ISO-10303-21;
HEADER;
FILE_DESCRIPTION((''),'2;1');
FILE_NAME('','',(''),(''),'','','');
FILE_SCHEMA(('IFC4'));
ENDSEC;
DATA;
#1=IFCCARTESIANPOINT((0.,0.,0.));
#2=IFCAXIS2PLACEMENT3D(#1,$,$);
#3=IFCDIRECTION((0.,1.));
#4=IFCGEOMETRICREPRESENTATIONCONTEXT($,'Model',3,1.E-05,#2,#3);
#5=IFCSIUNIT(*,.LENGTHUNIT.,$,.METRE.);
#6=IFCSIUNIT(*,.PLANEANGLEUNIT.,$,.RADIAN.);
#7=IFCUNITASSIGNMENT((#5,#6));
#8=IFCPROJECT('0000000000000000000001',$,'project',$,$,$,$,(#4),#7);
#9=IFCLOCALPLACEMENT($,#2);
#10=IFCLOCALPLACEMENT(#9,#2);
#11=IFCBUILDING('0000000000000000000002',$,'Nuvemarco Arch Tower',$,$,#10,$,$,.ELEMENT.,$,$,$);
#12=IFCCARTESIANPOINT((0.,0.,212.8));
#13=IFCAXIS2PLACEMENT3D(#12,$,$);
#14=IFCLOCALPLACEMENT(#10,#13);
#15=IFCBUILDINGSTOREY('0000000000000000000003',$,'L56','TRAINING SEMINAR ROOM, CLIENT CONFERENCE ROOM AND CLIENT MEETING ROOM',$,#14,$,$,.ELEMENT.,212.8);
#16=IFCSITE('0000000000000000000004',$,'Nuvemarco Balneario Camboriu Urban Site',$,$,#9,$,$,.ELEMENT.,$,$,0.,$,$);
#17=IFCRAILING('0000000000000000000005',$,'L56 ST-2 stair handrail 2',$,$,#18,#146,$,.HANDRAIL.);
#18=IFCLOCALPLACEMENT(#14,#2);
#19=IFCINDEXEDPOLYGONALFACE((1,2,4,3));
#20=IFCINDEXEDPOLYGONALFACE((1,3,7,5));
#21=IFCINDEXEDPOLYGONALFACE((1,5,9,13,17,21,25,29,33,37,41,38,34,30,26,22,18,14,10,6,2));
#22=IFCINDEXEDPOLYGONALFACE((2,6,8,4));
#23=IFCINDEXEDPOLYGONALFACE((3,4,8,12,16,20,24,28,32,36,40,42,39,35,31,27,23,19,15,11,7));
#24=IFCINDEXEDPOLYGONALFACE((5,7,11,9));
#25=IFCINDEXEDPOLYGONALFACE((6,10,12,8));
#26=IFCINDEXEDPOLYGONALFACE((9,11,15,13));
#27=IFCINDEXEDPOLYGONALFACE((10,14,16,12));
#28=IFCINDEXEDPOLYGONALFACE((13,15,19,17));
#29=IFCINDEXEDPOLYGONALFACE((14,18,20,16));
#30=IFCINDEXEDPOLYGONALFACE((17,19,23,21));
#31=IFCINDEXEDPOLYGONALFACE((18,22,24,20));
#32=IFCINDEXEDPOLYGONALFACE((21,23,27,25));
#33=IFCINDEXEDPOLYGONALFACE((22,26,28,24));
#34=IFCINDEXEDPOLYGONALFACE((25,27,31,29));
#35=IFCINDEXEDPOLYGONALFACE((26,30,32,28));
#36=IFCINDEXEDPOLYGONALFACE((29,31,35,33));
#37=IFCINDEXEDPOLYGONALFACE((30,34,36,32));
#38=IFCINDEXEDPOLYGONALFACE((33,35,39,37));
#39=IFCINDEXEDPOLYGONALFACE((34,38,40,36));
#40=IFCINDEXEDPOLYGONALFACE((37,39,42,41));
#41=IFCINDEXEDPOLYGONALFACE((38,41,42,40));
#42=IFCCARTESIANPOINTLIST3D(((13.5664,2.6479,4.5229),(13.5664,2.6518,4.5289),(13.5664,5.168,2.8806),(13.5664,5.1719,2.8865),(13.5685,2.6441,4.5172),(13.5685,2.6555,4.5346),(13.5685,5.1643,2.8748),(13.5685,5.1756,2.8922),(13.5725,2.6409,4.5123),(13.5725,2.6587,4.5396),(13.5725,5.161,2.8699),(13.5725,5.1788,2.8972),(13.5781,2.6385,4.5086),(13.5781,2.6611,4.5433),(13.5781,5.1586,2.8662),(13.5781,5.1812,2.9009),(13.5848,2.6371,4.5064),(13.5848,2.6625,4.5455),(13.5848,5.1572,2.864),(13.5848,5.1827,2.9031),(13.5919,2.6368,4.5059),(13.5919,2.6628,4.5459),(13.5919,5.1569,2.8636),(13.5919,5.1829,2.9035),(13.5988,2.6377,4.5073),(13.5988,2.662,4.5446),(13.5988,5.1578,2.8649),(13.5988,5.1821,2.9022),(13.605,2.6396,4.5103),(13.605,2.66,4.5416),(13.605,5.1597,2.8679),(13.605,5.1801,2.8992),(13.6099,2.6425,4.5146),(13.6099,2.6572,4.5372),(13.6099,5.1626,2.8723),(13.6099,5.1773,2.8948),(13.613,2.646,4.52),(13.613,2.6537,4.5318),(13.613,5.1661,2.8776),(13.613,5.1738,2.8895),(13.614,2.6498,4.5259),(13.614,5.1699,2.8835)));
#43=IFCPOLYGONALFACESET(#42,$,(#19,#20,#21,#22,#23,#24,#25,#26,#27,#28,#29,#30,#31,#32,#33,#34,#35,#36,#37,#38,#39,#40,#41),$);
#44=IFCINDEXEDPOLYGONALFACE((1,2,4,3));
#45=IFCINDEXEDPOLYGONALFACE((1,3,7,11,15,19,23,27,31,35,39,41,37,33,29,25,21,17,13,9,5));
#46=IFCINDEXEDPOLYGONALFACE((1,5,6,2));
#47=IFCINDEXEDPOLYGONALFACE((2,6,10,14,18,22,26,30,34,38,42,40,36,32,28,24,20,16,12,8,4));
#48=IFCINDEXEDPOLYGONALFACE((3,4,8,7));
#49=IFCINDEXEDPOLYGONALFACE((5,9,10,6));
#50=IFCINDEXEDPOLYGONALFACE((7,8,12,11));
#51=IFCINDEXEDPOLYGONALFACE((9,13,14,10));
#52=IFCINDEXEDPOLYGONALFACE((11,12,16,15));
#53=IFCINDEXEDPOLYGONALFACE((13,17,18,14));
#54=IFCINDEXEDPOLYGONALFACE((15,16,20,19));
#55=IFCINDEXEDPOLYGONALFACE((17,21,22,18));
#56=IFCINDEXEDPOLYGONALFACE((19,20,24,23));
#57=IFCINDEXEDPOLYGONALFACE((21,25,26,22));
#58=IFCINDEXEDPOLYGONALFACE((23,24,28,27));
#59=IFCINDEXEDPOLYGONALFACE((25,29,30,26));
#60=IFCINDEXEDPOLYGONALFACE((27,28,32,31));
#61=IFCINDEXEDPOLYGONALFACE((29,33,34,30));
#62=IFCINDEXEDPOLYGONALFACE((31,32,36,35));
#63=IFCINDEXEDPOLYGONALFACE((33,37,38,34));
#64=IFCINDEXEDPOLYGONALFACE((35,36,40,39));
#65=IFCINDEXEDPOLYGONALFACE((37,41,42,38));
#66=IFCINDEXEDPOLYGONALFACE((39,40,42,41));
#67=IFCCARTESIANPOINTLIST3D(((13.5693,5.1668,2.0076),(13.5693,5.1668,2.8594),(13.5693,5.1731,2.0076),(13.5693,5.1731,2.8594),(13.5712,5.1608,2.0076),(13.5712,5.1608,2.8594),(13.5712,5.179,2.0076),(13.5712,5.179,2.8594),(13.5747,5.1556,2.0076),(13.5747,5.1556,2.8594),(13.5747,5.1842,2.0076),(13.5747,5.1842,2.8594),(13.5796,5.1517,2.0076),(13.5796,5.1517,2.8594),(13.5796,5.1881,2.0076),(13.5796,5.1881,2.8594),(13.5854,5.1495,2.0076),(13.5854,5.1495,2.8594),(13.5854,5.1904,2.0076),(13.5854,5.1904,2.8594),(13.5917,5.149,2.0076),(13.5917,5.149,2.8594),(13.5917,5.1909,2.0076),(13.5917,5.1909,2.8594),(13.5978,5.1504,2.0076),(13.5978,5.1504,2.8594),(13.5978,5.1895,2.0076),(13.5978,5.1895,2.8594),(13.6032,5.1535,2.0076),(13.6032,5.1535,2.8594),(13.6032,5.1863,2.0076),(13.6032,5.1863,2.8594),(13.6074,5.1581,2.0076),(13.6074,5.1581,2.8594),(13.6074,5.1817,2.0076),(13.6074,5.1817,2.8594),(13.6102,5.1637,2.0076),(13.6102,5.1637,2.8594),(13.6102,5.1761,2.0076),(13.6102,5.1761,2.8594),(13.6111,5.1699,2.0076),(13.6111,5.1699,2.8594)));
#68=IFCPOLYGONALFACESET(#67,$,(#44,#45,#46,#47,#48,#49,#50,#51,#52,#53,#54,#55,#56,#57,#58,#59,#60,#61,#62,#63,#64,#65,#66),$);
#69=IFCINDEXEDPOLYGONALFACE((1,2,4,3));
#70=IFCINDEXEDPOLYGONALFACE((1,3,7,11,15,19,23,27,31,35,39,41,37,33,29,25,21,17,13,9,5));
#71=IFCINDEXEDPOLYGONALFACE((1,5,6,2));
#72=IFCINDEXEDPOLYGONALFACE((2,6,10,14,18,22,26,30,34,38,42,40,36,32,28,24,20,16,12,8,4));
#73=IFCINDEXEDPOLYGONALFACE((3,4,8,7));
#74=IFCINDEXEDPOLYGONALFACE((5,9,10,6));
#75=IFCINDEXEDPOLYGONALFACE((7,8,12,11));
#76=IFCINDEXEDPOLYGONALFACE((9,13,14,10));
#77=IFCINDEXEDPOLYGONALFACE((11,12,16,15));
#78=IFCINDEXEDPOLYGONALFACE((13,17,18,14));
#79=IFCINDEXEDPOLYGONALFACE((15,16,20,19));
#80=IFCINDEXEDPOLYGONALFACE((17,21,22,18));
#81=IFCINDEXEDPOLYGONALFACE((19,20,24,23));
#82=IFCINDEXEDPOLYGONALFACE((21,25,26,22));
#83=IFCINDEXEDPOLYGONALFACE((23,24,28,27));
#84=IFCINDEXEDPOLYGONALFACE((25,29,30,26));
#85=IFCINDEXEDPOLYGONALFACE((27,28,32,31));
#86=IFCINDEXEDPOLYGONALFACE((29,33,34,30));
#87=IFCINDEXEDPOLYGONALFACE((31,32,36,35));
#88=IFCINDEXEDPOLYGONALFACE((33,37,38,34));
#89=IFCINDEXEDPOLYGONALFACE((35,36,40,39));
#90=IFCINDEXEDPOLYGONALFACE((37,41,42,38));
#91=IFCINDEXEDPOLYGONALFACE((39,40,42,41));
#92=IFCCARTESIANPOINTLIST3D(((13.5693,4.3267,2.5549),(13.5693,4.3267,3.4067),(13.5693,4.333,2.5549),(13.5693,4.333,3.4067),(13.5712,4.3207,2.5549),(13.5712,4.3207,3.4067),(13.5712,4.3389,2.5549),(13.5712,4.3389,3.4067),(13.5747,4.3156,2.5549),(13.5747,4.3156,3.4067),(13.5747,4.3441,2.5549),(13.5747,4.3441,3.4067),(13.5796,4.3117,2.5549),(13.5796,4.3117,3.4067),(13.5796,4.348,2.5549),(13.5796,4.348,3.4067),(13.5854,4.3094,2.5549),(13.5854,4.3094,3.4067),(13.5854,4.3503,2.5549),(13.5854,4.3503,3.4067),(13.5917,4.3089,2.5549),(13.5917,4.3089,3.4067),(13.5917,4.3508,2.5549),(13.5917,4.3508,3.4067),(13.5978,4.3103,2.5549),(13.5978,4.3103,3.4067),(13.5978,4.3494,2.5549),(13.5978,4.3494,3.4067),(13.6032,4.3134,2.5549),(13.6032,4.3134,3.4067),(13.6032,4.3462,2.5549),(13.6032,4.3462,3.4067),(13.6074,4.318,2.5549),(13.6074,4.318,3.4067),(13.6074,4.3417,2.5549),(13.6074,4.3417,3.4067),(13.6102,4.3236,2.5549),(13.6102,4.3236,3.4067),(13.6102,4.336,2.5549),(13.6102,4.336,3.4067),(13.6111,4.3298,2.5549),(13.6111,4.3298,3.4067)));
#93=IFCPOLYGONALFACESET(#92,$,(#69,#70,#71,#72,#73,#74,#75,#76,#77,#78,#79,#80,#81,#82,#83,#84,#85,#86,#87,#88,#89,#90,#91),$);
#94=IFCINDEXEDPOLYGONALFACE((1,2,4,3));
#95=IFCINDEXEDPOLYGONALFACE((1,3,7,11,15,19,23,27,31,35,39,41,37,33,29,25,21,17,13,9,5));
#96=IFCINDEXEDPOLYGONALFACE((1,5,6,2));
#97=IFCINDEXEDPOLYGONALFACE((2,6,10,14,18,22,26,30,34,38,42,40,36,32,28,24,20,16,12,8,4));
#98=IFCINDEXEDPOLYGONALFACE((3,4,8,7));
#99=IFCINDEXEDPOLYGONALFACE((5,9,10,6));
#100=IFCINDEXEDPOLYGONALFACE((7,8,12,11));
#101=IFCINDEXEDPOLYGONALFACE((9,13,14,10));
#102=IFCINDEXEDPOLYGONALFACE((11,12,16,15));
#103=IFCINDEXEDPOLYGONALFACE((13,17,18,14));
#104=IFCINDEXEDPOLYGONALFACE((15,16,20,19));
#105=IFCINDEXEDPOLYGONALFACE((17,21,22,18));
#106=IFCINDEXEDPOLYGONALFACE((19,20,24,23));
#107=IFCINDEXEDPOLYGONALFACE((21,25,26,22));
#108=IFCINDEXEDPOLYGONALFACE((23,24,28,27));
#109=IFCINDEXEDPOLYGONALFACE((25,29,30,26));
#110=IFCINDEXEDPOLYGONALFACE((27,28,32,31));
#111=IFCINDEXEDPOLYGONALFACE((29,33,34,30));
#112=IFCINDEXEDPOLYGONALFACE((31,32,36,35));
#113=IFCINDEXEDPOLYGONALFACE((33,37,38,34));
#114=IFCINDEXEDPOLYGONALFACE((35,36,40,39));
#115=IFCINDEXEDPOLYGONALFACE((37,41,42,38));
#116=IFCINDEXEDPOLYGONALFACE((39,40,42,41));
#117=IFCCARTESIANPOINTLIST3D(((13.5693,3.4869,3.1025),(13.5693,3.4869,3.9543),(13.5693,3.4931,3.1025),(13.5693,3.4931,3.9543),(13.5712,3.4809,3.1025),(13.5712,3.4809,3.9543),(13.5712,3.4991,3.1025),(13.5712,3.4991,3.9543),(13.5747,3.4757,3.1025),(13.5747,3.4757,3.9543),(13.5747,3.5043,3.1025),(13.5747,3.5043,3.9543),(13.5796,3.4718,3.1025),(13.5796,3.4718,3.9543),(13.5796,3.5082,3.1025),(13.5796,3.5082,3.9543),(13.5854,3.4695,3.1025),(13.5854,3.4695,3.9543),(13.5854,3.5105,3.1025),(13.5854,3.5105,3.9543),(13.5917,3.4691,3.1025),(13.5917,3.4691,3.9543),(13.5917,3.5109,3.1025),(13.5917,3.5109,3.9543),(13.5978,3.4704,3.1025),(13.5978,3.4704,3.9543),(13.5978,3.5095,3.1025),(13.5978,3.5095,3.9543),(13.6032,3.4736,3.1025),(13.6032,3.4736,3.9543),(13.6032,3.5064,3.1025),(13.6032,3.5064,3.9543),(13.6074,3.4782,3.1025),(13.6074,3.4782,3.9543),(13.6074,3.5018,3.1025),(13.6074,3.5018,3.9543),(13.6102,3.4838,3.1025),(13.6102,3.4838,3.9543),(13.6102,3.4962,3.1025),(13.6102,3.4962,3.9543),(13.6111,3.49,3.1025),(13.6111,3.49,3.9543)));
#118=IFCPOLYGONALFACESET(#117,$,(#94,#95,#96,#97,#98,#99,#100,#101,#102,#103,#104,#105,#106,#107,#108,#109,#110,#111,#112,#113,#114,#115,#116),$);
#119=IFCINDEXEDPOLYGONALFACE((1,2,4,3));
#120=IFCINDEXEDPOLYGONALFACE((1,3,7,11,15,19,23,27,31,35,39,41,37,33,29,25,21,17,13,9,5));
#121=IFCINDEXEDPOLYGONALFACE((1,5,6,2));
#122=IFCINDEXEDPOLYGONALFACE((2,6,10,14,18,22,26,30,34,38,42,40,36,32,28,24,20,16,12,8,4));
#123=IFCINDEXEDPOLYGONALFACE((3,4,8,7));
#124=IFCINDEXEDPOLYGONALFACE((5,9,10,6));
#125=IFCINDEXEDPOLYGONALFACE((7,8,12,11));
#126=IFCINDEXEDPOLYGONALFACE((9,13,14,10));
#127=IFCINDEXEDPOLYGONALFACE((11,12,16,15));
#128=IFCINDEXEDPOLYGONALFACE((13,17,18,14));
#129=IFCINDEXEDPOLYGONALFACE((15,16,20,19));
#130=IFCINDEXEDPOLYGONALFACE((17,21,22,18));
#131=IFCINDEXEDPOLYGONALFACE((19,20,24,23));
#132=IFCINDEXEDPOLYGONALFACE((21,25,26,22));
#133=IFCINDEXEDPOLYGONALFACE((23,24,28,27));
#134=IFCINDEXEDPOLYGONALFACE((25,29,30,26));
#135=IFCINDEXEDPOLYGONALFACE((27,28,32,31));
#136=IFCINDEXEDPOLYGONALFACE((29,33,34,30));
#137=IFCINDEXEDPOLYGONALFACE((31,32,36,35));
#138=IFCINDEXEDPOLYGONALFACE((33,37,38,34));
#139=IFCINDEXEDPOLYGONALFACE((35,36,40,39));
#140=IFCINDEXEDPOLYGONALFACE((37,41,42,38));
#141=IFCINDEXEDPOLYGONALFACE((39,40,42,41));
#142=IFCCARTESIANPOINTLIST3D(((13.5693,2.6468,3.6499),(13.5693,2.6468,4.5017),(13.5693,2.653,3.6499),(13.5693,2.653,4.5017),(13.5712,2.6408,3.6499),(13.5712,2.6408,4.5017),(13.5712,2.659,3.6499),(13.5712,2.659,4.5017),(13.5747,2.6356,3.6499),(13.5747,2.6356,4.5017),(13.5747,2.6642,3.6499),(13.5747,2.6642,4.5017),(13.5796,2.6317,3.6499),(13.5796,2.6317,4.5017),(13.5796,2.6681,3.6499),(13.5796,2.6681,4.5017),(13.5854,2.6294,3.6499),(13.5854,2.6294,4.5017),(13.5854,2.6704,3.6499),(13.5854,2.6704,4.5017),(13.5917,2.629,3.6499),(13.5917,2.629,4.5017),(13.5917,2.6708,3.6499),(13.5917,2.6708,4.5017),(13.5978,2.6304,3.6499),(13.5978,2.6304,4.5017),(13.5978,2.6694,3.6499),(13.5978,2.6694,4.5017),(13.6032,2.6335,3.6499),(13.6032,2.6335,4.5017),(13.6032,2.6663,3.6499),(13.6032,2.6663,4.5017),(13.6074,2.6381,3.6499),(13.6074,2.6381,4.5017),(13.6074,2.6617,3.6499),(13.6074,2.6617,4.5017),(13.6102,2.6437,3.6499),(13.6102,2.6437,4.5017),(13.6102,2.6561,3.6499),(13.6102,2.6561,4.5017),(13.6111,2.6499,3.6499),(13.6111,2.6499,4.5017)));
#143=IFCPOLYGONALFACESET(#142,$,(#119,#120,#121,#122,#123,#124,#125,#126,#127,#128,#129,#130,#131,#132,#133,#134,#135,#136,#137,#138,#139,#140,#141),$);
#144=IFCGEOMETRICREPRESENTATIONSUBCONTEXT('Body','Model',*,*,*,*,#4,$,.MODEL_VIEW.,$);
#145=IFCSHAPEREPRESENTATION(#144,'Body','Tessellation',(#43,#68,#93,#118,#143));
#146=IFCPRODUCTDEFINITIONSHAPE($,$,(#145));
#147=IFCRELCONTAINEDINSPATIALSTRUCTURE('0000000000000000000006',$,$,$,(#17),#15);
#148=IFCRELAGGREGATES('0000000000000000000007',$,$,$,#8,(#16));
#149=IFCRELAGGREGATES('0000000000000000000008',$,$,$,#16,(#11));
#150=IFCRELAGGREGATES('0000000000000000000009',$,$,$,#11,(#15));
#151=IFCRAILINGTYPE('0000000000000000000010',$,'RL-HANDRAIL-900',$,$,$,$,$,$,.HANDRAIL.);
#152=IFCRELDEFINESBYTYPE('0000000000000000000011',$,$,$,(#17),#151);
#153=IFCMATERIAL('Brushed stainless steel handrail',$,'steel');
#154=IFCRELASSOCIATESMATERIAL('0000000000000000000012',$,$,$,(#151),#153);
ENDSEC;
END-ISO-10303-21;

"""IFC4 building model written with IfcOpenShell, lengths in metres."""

from ifc_helpers import new_model, si_unit, direction, frame, origin, origin_2d, place, context, subcontext, project, spatial, circle, extrude, material, type_object, element, save


model = new_model("IFC4")

# Units and contexts
model_context = context("Model", 3, precision=1e-05, world=origin(), true_north=direction((0.0, 1.0)))
body_context = subcontext(model_context, "Body", "Model", "MODEL_VIEW")
ifc_project = project(units=[si_unit("LENGTHUNIT", "METRE"), si_unit("PLANEANGLEUNIT", "RADIAN")], contexts=[model_context])

# Site, building, storey
site_placement = place(None, origin())
site = spatial("IfcSite", under=ifc_project, at=site_placement, Name="Nuvemarco Balneario Camboriu Urban Site", CompositionType="ELEMENT", RefElevation=0.0)
building_placement = place(site_placement, origin())
building = spatial("IfcBuilding", under=site, at=building_placement, Name="Nuvemarco Arch Tower", CompositionType="ELEMENT")
storey_placement = place(building_placement, frame((0.0, 0.0, 212.8)))
storey = spatial("IfcBuildingStorey", under=building, at=storey_placement, Name="L56", Description="TRAINING SEMINAR ROOM, CLIENT CONFERENCE ROOM AND CLIENT MEETING ROOM", CompositionType="ELEMENT", Elevation=212.8)

# Railing
ifc_material_1 = material(Name="Brushed stainless steel handrail", Category="steel")
railing_type_1 = type_object("IfcRailingType", Name="RL-HANDRAIL-900", PredefinedType="HANDRAIL", material=ifc_material_1)
railing_1_placement = place(storey_placement, frame((13.5901, 5.1699, 2.0076)))
element("IfcRailing", 1, at=railing_1_placement, inside=storey, type_object=railing_type_1, Name="L56 ST-2 stair handrail 2", PredefinedType="HANDRAIL", context=body_context, shape_type="SweptSolid", body=[
    extrude(circle(Radius=0.0239, at=origin_2d()), frame((0.0, 0.0, 0.876), z_axis=(0.0, -0.837787, 0.545998), x_axis=(1.0, 0.0, 0.0)), (0.0, 0.0, 1.0), 3.0081),
    extrude(circle(Radius=0.021, at=origin_2d()), origin(), (0.0, 0.0, 1.0), 0.8518),
    extrude(circle(Radius=0.021, at=origin_2d()), frame((0.0, -0.8401, 0.5474)), (0.0, 0.0, 1.0), 0.8518),
    extrude(circle(Radius=0.021, at=origin_2d()), frame((0.0, -1.6799, 1.095)), (0.0, 0.0, 1.0), 0.8518),
    extrude(circle(Radius=0.021, at=origin_2d()), frame((0.0, -2.52, 1.6423)), (0.0, 0.0, 1.0), 0.8518),
])

save(model, "model.ifc")
